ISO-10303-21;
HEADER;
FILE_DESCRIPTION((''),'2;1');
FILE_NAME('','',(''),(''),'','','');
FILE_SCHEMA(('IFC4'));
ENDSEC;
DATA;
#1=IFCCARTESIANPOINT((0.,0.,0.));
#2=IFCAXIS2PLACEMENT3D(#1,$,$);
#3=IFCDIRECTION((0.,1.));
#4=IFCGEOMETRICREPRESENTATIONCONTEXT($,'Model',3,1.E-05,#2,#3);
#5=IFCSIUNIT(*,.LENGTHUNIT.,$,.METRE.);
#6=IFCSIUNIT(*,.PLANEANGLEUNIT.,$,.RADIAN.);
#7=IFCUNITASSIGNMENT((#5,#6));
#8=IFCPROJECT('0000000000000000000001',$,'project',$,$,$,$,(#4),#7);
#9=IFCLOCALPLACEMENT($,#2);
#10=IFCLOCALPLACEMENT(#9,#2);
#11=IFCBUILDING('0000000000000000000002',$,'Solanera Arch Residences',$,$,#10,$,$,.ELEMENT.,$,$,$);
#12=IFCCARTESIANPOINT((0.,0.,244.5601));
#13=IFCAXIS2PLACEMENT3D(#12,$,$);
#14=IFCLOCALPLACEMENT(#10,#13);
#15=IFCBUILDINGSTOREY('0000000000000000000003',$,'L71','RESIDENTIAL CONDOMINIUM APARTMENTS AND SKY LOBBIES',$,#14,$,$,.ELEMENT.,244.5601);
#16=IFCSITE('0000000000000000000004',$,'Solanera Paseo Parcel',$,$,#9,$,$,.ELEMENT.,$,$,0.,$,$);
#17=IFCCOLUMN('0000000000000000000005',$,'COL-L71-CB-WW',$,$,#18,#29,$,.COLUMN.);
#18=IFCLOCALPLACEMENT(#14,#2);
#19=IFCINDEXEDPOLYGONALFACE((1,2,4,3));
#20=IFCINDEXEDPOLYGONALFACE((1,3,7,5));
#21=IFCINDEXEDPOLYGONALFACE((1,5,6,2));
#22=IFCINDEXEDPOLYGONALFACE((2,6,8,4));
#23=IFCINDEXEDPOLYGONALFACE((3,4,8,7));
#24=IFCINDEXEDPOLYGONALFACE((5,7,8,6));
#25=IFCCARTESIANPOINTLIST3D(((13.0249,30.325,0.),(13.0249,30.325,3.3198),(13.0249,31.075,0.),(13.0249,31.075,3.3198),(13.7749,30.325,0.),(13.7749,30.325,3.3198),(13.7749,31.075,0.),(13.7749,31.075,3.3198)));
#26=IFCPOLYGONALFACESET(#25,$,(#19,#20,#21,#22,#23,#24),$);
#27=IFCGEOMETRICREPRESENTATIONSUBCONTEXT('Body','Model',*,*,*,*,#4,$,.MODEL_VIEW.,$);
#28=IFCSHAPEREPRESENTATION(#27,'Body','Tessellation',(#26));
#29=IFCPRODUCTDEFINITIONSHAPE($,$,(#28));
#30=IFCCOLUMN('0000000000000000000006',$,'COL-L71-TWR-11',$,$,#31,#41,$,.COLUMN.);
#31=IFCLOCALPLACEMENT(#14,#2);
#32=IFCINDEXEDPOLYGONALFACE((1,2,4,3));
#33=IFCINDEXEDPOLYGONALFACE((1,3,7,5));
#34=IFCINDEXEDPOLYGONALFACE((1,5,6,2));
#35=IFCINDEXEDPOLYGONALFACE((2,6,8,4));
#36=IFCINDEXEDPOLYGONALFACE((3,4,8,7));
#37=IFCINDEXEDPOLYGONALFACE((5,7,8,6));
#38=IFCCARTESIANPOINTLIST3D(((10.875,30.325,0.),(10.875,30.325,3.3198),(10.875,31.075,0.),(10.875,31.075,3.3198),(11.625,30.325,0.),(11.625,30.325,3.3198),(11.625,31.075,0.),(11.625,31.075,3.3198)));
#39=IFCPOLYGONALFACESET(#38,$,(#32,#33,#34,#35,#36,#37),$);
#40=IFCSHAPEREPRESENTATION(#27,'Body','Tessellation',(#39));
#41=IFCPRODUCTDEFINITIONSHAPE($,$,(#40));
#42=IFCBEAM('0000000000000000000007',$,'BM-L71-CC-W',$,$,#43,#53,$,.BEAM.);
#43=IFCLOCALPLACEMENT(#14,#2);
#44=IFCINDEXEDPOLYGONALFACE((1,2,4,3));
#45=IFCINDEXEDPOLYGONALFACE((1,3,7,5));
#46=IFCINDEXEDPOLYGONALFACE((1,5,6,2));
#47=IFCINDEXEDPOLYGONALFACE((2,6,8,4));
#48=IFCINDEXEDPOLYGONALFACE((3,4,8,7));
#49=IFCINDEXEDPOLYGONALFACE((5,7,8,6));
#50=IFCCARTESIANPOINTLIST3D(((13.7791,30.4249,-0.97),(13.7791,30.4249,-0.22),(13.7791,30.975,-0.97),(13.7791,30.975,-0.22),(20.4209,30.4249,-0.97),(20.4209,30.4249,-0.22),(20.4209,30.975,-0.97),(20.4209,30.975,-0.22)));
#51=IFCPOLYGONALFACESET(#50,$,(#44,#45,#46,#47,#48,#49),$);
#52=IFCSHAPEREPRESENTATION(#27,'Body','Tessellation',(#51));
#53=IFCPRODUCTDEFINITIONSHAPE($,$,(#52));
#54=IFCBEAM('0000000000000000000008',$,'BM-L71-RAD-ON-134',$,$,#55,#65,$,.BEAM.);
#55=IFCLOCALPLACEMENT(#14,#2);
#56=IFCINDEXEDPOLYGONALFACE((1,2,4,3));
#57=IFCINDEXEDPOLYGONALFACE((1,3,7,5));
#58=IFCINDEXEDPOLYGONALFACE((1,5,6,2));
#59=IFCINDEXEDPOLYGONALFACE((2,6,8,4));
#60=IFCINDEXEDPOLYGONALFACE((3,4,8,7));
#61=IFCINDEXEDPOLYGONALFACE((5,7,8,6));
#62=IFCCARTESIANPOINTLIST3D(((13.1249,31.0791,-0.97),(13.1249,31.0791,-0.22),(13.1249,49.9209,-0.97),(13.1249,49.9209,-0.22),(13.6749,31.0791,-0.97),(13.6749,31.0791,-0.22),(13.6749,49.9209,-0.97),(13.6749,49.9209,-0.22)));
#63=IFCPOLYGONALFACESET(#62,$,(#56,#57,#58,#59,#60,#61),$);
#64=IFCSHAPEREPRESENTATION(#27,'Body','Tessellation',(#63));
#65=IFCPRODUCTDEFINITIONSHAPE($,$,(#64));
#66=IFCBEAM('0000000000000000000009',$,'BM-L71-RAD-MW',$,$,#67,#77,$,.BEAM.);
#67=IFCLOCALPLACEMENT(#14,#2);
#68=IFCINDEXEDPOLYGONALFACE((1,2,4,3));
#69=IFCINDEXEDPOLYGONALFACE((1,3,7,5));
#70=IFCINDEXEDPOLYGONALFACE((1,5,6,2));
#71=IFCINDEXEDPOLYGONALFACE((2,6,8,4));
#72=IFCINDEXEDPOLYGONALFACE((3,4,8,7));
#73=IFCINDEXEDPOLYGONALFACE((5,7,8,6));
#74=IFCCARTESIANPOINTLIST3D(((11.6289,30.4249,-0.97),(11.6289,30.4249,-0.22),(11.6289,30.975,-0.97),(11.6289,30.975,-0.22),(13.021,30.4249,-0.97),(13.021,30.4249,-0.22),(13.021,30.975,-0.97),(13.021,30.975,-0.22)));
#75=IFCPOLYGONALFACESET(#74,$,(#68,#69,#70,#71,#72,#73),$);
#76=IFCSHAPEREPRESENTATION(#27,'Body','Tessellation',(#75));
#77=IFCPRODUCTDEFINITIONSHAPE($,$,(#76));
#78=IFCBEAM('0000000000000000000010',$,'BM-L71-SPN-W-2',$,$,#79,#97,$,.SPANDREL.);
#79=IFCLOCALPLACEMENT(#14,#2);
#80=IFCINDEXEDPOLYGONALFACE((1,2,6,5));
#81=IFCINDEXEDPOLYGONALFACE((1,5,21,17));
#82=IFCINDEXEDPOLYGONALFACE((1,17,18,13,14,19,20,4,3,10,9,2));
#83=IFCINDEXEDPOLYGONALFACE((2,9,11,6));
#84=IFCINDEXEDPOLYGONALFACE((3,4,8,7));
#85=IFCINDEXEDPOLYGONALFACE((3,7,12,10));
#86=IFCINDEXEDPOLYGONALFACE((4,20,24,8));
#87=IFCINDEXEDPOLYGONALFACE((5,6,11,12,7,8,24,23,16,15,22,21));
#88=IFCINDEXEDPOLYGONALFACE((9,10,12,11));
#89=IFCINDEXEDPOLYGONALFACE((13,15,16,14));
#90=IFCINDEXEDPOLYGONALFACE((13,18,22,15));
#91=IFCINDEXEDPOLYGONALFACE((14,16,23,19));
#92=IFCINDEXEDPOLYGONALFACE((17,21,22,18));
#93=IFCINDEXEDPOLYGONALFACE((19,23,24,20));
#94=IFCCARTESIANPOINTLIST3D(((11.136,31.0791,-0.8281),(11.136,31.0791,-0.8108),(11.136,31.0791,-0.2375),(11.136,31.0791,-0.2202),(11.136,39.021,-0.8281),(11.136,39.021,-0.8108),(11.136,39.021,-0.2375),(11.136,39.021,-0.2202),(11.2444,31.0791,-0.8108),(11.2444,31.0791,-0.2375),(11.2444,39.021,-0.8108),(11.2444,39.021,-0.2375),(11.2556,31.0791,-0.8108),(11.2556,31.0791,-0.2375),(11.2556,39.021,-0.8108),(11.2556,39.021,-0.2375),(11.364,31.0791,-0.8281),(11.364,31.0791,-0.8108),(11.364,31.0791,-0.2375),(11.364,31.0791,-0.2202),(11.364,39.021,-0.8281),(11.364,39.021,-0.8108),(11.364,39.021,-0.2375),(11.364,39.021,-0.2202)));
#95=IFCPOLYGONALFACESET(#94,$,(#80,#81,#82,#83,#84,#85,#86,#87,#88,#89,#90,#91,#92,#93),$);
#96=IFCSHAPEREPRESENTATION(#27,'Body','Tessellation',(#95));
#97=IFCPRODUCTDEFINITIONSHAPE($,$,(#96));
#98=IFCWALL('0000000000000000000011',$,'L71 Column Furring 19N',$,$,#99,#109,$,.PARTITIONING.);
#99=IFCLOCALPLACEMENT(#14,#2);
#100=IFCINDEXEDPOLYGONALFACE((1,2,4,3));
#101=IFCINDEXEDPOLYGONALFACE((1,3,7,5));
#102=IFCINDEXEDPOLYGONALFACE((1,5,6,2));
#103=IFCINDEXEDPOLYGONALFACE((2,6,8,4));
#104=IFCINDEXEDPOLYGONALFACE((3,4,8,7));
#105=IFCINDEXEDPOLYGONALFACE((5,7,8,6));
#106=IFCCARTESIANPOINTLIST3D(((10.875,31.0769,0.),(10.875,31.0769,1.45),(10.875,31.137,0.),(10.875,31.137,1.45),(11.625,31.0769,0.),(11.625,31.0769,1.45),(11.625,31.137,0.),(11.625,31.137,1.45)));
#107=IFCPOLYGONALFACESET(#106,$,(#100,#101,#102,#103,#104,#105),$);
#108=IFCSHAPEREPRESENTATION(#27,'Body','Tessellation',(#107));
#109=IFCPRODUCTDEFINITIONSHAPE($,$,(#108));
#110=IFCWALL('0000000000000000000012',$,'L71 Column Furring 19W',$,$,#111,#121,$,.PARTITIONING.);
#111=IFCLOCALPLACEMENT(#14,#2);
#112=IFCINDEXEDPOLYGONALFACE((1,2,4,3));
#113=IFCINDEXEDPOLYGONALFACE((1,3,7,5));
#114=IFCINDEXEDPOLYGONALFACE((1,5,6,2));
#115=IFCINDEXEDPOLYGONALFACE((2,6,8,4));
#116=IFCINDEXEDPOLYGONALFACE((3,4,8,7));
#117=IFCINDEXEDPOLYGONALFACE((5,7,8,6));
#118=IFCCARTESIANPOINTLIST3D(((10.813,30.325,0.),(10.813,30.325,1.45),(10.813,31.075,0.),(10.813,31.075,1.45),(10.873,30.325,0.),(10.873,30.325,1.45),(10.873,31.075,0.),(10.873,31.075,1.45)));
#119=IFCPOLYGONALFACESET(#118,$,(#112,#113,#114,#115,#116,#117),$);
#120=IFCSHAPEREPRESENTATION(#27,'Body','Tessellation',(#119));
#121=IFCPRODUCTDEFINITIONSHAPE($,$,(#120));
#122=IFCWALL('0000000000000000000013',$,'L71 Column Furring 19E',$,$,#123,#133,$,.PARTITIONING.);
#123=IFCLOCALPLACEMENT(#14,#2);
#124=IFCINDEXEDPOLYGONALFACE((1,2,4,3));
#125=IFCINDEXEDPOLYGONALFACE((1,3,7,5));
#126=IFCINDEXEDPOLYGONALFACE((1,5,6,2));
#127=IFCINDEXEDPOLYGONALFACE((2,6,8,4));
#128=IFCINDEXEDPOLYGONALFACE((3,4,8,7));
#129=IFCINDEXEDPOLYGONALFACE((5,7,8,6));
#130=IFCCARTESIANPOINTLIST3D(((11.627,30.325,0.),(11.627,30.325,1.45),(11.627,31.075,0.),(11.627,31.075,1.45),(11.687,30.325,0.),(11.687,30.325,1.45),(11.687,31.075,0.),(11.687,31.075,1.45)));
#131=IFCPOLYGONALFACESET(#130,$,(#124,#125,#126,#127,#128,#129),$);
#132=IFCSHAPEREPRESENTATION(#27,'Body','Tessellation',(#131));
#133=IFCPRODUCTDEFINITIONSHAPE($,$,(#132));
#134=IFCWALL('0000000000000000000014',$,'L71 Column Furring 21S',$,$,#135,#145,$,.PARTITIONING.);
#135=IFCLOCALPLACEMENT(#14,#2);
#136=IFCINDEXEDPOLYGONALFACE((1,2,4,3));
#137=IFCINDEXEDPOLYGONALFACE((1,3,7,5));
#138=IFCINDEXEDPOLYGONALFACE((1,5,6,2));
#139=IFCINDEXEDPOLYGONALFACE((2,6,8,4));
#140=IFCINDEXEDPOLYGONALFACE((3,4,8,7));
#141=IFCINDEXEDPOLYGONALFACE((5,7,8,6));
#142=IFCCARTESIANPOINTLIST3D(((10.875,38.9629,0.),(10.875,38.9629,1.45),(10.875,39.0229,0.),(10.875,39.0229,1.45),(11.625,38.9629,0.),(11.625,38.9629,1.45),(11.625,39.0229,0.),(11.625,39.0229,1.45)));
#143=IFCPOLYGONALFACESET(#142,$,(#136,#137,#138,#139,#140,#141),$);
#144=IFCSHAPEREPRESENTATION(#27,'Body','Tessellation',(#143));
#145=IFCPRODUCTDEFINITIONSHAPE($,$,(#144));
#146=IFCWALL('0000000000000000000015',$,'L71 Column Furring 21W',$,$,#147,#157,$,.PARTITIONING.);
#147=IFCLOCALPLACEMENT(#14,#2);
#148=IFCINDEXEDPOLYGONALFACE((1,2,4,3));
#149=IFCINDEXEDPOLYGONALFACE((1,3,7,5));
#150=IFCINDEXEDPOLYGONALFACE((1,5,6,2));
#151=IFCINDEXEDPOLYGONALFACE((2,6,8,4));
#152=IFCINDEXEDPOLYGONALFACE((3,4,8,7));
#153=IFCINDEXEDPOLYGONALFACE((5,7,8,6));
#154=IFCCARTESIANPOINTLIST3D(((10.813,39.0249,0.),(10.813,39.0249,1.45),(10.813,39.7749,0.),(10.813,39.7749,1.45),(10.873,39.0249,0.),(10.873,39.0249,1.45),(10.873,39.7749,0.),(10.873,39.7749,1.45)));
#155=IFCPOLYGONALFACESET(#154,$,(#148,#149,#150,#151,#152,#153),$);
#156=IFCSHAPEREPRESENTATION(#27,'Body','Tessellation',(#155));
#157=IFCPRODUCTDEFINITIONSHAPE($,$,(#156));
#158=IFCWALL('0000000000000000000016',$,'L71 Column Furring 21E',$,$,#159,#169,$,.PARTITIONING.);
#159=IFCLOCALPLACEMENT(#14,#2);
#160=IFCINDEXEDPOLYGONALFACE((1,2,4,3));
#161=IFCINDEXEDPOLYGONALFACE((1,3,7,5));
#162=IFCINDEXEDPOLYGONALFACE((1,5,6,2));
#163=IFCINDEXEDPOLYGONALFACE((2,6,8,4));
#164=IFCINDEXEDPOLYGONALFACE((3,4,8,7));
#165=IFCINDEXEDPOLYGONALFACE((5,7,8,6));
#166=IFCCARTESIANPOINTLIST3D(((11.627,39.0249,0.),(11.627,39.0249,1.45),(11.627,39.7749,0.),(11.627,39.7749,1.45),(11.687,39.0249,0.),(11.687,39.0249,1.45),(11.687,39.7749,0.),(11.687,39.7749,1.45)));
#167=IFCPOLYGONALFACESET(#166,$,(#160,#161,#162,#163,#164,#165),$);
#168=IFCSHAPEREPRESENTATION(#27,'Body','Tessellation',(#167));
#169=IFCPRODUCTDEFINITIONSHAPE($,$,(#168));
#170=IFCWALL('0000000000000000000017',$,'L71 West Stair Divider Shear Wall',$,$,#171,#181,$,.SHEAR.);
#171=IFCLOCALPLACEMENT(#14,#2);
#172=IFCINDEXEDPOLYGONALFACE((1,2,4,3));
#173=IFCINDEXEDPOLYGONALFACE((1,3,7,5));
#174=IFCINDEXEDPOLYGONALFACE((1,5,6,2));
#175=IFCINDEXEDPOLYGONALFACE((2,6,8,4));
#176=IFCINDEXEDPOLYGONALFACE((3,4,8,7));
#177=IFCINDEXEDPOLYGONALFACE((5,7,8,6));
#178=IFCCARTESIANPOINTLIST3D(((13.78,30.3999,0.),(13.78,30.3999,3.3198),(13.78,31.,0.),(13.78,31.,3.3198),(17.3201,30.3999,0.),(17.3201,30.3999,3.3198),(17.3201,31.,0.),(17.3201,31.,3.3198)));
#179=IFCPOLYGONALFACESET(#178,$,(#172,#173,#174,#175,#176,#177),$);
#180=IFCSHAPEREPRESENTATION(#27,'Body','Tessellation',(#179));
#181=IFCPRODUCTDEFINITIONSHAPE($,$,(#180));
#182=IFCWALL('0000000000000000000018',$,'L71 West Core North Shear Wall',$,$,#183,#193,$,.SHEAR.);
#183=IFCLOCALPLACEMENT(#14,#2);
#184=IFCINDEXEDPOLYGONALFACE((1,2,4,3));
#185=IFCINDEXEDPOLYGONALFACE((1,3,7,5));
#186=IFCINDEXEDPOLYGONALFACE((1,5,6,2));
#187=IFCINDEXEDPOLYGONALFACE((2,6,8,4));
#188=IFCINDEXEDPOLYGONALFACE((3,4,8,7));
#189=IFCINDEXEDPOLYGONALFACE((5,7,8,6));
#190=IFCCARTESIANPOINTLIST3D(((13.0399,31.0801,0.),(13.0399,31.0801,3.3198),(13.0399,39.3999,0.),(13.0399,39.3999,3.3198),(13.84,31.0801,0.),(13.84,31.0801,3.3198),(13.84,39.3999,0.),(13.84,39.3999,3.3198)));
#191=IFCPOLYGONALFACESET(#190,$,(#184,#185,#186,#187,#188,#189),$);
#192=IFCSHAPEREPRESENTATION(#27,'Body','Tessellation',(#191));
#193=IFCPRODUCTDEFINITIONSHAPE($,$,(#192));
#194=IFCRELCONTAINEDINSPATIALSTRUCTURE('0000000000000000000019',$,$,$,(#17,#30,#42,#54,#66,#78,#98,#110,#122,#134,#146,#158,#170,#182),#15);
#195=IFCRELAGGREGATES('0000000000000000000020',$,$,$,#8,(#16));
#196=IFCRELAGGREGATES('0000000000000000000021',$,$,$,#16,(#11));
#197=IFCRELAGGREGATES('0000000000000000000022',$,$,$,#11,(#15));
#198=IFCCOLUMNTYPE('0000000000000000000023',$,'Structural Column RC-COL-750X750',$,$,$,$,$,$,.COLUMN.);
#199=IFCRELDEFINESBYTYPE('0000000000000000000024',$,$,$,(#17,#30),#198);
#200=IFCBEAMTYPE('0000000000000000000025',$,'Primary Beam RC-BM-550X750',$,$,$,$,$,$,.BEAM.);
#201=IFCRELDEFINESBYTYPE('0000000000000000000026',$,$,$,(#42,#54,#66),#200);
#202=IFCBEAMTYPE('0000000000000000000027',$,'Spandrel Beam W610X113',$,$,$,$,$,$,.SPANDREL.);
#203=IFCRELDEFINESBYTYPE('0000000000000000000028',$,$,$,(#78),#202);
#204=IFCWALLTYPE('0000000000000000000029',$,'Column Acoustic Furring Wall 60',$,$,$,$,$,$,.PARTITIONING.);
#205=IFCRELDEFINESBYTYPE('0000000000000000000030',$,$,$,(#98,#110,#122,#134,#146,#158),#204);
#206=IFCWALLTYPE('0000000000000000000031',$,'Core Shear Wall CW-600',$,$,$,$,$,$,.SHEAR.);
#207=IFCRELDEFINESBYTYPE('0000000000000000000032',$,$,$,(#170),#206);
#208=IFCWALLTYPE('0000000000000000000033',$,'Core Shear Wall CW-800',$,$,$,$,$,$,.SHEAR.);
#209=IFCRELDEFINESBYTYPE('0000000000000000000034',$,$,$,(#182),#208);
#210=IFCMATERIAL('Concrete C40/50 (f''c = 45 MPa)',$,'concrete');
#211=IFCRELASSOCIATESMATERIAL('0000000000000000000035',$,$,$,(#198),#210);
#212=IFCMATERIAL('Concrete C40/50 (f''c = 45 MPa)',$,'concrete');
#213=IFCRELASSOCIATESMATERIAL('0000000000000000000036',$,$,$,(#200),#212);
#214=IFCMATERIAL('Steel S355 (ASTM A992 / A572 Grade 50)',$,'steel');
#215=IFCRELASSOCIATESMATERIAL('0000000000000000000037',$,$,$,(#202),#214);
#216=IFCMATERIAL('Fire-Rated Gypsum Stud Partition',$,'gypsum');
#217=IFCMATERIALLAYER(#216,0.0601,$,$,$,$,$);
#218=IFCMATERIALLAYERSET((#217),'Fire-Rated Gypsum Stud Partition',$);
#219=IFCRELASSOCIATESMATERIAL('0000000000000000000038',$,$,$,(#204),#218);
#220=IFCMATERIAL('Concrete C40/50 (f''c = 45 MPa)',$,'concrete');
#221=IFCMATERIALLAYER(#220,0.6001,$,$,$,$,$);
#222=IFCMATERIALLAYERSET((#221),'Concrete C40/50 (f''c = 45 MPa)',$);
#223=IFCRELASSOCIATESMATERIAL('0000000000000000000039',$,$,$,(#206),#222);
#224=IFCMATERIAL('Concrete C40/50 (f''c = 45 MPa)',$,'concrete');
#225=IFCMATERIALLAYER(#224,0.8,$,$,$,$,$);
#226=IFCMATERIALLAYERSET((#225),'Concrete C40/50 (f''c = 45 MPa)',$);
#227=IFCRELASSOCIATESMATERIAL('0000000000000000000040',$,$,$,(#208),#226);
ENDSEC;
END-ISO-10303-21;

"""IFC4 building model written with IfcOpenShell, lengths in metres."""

from ifc_helpers import new_model, si_unit, direction, frame, frame_2d, origin, origin_2d, place, context, subcontext, project, spatial, rectangle, i_section, extrude, material, layer, layer_set, material_profile, profile_set, type_object, element, save


model = new_model("IFC4")

# Units and contexts
model_context = context("Model", 3, precision=1e-05, world=origin(), true_north=direction((0.0, 1.0)))
body_context = subcontext(model_context, "Body", "Model", "MODEL_VIEW")
ifc_project = project(units=[si_unit("LENGTHUNIT", "METRE"), si_unit("PLANEANGLEUNIT", "RADIAN")], contexts=[model_context])

# Site, building, storey
site_placement = place(None, origin())
site = spatial("IfcSite", under=ifc_project, at=site_placement, Name="Solanera Paseo Parcel", CompositionType="ELEMENT", RefElevation=0.0)
building_placement = place(site_placement, origin())
building = spatial("IfcBuilding", under=site, at=building_placement, Name="Solanera Arch Residences", CompositionType="ELEMENT")
storey_placement = place(building_placement, frame((0.0, 0.0, 244.5601)))
storey = spatial("IfcBuildingStorey", under=building, at=storey_placement, Name="L71", Description="RESIDENTIAL CONDOMINIUM APARTMENTS AND SKY LOBBIES", CompositionType="ELEMENT", Elevation=244.5601)

# Columns
ifc_material_1 = material(Name="Concrete C40/50 (f'c = 45 MPa)", Category="concrete")
ifc_material_profile_1 = material_profile(ifc_material_1, rectangle(XDim=0.75, YDim=0.75, at=origin_2d()))
ifc_profile_set_1 = profile_set([ifc_material_profile_1], Name="Concrete C40/50 (f'c = 45 MPa)")
column_type = type_object("IfcColumnType", Name="Structural Column RC-COL-750X750", PredefinedType="COLUMN", material=ifc_profile_set_1)
for number, where, z_axis, x_axis, name in (
    (1, (13.3999, 30.7, 0.0), (0.0, 0.0, 1.0), (1.0, 0.0, 0.0), "COL-L71-CB-WW"),
    (2, (11.25, 30.7, 0.0), (0.0, 0.0, 1.0), (1.0, 0.0, 0.0), "COL-L71-TWR-11"),
):
    element("IfcColumn", number, at=place(storey_placement, frame(where, z_axis=z_axis, x_axis=x_axis)), inside=storey, type_object=column_type, Name=name, PredefinedType="COLUMN", context=body_context, shape_type="SweptSolid", body=[
        extrude(rectangle(XDim=0.75, YDim=0.75, at=origin_2d()), origin(), (0.0, 0.0, 1.0), 3.3198),
    ])

# Beams
ifc_material_2 = material(Name="Concrete C40/50 (f'c = 45 MPa)", Category="concrete")
ifc_material_profile_2 = material_profile(ifc_material_2, rectangle(XDim=0.55, YDim=0.75, at=origin_2d()))
ifc_profile_set_2 = profile_set([ifc_material_profile_2], Name="Concrete C40/50 (f'c = 45 MPa)")
beam_type_1 = type_object("IfcBeamType", Name="Primary Beam RC-BM-550X750", PredefinedType="BEAM", material=ifc_profile_set_2)
beam_1_placement = place(storey_placement, frame((13.7791, 30.7, -0.595), z_axis=(1.0, 0.0, 0.0), x_axis=(0.0, 1.0, 0.0)))
element("IfcBeam", 3, at=beam_1_placement, inside=storey, type_object=beam_type_1, Name="BM-L71-CC-W", PredefinedType="BEAM", context=body_context, shape_type="SweptSolid", body=[
    extrude(rectangle(XDim=0.55, YDim=0.75, at=origin_2d()), origin(), (0.0, 0.0, 1.0), 6.6418),
])
beam_2_placement = place(storey_placement, frame((13.3999, 31.0791, -0.595), z_axis=(0.0, 1.0, 0.0), x_axis=(-1.0, 0.0, 0.0)))
element("IfcBeam", 4, at=beam_2_placement, inside=storey, type_object=beam_type_1, Name="BM-L71-RAD-ON-134", PredefinedType="BEAM", context=body_context, shape_type="SweptSolid", body=[
    extrude(rectangle(XDim=0.55, YDim=0.75, at=origin_2d()), origin(), (0.0, 0.0, 1.0), 18.8418),
])
beam_3_placement = place(storey_placement, frame((11.6289, 30.7, -0.595), z_axis=(1.0, 0.0, 0.0), x_axis=(0.0, 1.0, 0.0)))
element("IfcBeam", 5, at=beam_3_placement, inside=storey, type_object=beam_type_1, Name="BM-L71-RAD-MW", PredefinedType="BEAM", context=body_context, shape_type="SweptSolid", body=[
    extrude(rectangle(XDim=0.55, YDim=0.75, at=origin_2d()), origin(), (0.0, 0.0, 1.0), 1.3921),
])
ifc_material_3 = material(Name="Steel S355 (ASTM A992 / A572 Grade 50)", Category="steel")
ifc_material_profile_3 = material_profile(ifc_material_3, i_section(OverallWidth=0.228, OverallDepth=0.6079, WebThickness=0.0112, FlangeThickness=0.0173, at=origin_2d()))
ifc_profile_set_3 = profile_set([ifc_material_profile_3], Name="Steel S355 (ASTM A992 / A572 Grade 50)")
beam_type_2 = type_object("IfcBeamType", Name="Spandrel Beam W610X113", PredefinedType="SPANDREL", material=ifc_profile_set_3)
beam_4_placement = place(storey_placement, frame((11.25, 31.0791, -0.5242), z_axis=(0.0, 1.0, 0.0), x_axis=(-1.0, 0.0, 0.0)))
element("IfcBeam", 6, at=beam_4_placement, inside=storey, type_object=beam_type_2, Name="BM-L71-SPN-W-2", PredefinedType="SPANDREL", context=body_context, shape_type="SweptSolid", body=[
    extrude(i_section(OverallWidth=0.228, OverallDepth=0.6079, WebThickness=0.0112, FlangeThickness=0.0173, at=origin_2d()), origin(), (0.0, 0.0, 1.0), 7.9419),
])

# Walls
ifc_material_4 = material(Name="Fire-Rated Gypsum Stud Partition", Category="gypsum")
ifc_layer_1 = layer(ifc_material_4, 0.0601)
ifc_layer_set_1 = layer_set([ifc_layer_1], Name="Fire-Rated Gypsum Stud Partition")
wall_type_1 = type_object("IfcWallType", Name="Column Acoustic Furring Wall 60", PredefinedType="PARTITIONING", material=ifc_layer_set_1)
for number, where, z_axis, x_axis, name in (
    (7, (10.875, 31.1069, 0.0), (0.0, 0.0, 1.0), (1.0, 0.0, 0.0), "L71 Column Furring 19N"),
    (8, (10.843, 30.325, 0.0), (0.0, 0.0, 1.0), (0.0, 1.0, 0.0), "L71 Column Furring 19W"),
    (9, (11.657, 30.325, 0.0), (0.0, 0.0, 1.0), (0.0, 1.0, 0.0), "L71 Column Furring 19E"),
    (10, (10.875, 38.9929, 0.0), (0.0, 0.0, 1.0), (1.0, 0.0, 0.0), "L71 Column Furring 21S"),
    (11, (10.843, 39.0249, 0.0), (0.0, 0.0, 1.0), (0.0, 1.0, 0.0), "L71 Column Furring 21W"),
    (12, (11.657, 39.0249, 0.0), (0.0, 0.0, 1.0), (0.0, 1.0, 0.0), "L71 Column Furring 21E"),
):
    element("IfcWall", number, at=place(storey_placement, frame(where, z_axis=z_axis, x_axis=x_axis)), inside=storey, type_object=wall_type_1, Name=name, PredefinedType="PARTITIONING", context=body_context, shape_type="SweptSolid", body=[
        extrude(rectangle(XDim=0.75, YDim=0.0601, at=frame_2d((0.375, 0.0))), origin(), (0.0, 0.0, 1.0), 1.45),
    ])
ifc_material_5 = material(Name="Concrete C40/50 (f'c = 45 MPa)", Category="concrete")
ifc_layer_2 = layer(ifc_material_5, 0.6001)
ifc_layer_set_2 = layer_set([ifc_layer_2], Name="Concrete C40/50 (f'c = 45 MPa)")
wall_type_2 = type_object("IfcWallType", Name="Core Shear Wall CW-600", PredefinedType="SHEAR", material=ifc_layer_set_2)
wall_1_placement = place(storey_placement, frame((13.78, 30.7, 0.0), z_axis=(0.0, 0.0, 1.0), x_axis=(1.0, 0.0, 0.0)))
element("IfcWall", 13, at=wall_1_placement, inside=storey, type_object=wall_type_2, Name="L71 West Stair Divider Shear Wall", PredefinedType="SHEAR", context=body_context, shape_type="SweptSolid", body=[
    extrude(rectangle(XDim=3.54, YDim=0.6001, at=frame_2d((1.77, 0.0))), origin(), (0.0, 0.0, 1.0), 3.3198),
])
ifc_material_6 = material(Name="Concrete C40/50 (f'c = 45 MPa)", Category="concrete")
ifc_layer_3 = layer(ifc_material_6, 0.8)
ifc_layer_set_3 = layer_set([ifc_layer_3], Name="Concrete C40/50 (f'c = 45 MPa)")
wall_type_3 = type_object("IfcWallType", Name="Core Shear Wall CW-800", PredefinedType="SHEAR", material=ifc_layer_set_3)
wall_2_placement = place(storey_placement, frame((13.4399, 31.0801, 0.0), z_axis=(0.0, 0.0, 1.0), x_axis=(0.0, 1.0, 0.0)))
element("IfcWall", 14, at=wall_2_placement, inside=storey, type_object=wall_type_3, Name="L71 West Core North Shear Wall", PredefinedType="SHEAR", context=body_context, shape_type="SweptSolid", body=[
    extrude(rectangle(XDim=8.3198, YDim=0.8, at=frame_2d((4.1599, 0.0))), origin(), (0.0, 0.0, 1.0), 3.3198),
])

save(model, "model.ifc")
